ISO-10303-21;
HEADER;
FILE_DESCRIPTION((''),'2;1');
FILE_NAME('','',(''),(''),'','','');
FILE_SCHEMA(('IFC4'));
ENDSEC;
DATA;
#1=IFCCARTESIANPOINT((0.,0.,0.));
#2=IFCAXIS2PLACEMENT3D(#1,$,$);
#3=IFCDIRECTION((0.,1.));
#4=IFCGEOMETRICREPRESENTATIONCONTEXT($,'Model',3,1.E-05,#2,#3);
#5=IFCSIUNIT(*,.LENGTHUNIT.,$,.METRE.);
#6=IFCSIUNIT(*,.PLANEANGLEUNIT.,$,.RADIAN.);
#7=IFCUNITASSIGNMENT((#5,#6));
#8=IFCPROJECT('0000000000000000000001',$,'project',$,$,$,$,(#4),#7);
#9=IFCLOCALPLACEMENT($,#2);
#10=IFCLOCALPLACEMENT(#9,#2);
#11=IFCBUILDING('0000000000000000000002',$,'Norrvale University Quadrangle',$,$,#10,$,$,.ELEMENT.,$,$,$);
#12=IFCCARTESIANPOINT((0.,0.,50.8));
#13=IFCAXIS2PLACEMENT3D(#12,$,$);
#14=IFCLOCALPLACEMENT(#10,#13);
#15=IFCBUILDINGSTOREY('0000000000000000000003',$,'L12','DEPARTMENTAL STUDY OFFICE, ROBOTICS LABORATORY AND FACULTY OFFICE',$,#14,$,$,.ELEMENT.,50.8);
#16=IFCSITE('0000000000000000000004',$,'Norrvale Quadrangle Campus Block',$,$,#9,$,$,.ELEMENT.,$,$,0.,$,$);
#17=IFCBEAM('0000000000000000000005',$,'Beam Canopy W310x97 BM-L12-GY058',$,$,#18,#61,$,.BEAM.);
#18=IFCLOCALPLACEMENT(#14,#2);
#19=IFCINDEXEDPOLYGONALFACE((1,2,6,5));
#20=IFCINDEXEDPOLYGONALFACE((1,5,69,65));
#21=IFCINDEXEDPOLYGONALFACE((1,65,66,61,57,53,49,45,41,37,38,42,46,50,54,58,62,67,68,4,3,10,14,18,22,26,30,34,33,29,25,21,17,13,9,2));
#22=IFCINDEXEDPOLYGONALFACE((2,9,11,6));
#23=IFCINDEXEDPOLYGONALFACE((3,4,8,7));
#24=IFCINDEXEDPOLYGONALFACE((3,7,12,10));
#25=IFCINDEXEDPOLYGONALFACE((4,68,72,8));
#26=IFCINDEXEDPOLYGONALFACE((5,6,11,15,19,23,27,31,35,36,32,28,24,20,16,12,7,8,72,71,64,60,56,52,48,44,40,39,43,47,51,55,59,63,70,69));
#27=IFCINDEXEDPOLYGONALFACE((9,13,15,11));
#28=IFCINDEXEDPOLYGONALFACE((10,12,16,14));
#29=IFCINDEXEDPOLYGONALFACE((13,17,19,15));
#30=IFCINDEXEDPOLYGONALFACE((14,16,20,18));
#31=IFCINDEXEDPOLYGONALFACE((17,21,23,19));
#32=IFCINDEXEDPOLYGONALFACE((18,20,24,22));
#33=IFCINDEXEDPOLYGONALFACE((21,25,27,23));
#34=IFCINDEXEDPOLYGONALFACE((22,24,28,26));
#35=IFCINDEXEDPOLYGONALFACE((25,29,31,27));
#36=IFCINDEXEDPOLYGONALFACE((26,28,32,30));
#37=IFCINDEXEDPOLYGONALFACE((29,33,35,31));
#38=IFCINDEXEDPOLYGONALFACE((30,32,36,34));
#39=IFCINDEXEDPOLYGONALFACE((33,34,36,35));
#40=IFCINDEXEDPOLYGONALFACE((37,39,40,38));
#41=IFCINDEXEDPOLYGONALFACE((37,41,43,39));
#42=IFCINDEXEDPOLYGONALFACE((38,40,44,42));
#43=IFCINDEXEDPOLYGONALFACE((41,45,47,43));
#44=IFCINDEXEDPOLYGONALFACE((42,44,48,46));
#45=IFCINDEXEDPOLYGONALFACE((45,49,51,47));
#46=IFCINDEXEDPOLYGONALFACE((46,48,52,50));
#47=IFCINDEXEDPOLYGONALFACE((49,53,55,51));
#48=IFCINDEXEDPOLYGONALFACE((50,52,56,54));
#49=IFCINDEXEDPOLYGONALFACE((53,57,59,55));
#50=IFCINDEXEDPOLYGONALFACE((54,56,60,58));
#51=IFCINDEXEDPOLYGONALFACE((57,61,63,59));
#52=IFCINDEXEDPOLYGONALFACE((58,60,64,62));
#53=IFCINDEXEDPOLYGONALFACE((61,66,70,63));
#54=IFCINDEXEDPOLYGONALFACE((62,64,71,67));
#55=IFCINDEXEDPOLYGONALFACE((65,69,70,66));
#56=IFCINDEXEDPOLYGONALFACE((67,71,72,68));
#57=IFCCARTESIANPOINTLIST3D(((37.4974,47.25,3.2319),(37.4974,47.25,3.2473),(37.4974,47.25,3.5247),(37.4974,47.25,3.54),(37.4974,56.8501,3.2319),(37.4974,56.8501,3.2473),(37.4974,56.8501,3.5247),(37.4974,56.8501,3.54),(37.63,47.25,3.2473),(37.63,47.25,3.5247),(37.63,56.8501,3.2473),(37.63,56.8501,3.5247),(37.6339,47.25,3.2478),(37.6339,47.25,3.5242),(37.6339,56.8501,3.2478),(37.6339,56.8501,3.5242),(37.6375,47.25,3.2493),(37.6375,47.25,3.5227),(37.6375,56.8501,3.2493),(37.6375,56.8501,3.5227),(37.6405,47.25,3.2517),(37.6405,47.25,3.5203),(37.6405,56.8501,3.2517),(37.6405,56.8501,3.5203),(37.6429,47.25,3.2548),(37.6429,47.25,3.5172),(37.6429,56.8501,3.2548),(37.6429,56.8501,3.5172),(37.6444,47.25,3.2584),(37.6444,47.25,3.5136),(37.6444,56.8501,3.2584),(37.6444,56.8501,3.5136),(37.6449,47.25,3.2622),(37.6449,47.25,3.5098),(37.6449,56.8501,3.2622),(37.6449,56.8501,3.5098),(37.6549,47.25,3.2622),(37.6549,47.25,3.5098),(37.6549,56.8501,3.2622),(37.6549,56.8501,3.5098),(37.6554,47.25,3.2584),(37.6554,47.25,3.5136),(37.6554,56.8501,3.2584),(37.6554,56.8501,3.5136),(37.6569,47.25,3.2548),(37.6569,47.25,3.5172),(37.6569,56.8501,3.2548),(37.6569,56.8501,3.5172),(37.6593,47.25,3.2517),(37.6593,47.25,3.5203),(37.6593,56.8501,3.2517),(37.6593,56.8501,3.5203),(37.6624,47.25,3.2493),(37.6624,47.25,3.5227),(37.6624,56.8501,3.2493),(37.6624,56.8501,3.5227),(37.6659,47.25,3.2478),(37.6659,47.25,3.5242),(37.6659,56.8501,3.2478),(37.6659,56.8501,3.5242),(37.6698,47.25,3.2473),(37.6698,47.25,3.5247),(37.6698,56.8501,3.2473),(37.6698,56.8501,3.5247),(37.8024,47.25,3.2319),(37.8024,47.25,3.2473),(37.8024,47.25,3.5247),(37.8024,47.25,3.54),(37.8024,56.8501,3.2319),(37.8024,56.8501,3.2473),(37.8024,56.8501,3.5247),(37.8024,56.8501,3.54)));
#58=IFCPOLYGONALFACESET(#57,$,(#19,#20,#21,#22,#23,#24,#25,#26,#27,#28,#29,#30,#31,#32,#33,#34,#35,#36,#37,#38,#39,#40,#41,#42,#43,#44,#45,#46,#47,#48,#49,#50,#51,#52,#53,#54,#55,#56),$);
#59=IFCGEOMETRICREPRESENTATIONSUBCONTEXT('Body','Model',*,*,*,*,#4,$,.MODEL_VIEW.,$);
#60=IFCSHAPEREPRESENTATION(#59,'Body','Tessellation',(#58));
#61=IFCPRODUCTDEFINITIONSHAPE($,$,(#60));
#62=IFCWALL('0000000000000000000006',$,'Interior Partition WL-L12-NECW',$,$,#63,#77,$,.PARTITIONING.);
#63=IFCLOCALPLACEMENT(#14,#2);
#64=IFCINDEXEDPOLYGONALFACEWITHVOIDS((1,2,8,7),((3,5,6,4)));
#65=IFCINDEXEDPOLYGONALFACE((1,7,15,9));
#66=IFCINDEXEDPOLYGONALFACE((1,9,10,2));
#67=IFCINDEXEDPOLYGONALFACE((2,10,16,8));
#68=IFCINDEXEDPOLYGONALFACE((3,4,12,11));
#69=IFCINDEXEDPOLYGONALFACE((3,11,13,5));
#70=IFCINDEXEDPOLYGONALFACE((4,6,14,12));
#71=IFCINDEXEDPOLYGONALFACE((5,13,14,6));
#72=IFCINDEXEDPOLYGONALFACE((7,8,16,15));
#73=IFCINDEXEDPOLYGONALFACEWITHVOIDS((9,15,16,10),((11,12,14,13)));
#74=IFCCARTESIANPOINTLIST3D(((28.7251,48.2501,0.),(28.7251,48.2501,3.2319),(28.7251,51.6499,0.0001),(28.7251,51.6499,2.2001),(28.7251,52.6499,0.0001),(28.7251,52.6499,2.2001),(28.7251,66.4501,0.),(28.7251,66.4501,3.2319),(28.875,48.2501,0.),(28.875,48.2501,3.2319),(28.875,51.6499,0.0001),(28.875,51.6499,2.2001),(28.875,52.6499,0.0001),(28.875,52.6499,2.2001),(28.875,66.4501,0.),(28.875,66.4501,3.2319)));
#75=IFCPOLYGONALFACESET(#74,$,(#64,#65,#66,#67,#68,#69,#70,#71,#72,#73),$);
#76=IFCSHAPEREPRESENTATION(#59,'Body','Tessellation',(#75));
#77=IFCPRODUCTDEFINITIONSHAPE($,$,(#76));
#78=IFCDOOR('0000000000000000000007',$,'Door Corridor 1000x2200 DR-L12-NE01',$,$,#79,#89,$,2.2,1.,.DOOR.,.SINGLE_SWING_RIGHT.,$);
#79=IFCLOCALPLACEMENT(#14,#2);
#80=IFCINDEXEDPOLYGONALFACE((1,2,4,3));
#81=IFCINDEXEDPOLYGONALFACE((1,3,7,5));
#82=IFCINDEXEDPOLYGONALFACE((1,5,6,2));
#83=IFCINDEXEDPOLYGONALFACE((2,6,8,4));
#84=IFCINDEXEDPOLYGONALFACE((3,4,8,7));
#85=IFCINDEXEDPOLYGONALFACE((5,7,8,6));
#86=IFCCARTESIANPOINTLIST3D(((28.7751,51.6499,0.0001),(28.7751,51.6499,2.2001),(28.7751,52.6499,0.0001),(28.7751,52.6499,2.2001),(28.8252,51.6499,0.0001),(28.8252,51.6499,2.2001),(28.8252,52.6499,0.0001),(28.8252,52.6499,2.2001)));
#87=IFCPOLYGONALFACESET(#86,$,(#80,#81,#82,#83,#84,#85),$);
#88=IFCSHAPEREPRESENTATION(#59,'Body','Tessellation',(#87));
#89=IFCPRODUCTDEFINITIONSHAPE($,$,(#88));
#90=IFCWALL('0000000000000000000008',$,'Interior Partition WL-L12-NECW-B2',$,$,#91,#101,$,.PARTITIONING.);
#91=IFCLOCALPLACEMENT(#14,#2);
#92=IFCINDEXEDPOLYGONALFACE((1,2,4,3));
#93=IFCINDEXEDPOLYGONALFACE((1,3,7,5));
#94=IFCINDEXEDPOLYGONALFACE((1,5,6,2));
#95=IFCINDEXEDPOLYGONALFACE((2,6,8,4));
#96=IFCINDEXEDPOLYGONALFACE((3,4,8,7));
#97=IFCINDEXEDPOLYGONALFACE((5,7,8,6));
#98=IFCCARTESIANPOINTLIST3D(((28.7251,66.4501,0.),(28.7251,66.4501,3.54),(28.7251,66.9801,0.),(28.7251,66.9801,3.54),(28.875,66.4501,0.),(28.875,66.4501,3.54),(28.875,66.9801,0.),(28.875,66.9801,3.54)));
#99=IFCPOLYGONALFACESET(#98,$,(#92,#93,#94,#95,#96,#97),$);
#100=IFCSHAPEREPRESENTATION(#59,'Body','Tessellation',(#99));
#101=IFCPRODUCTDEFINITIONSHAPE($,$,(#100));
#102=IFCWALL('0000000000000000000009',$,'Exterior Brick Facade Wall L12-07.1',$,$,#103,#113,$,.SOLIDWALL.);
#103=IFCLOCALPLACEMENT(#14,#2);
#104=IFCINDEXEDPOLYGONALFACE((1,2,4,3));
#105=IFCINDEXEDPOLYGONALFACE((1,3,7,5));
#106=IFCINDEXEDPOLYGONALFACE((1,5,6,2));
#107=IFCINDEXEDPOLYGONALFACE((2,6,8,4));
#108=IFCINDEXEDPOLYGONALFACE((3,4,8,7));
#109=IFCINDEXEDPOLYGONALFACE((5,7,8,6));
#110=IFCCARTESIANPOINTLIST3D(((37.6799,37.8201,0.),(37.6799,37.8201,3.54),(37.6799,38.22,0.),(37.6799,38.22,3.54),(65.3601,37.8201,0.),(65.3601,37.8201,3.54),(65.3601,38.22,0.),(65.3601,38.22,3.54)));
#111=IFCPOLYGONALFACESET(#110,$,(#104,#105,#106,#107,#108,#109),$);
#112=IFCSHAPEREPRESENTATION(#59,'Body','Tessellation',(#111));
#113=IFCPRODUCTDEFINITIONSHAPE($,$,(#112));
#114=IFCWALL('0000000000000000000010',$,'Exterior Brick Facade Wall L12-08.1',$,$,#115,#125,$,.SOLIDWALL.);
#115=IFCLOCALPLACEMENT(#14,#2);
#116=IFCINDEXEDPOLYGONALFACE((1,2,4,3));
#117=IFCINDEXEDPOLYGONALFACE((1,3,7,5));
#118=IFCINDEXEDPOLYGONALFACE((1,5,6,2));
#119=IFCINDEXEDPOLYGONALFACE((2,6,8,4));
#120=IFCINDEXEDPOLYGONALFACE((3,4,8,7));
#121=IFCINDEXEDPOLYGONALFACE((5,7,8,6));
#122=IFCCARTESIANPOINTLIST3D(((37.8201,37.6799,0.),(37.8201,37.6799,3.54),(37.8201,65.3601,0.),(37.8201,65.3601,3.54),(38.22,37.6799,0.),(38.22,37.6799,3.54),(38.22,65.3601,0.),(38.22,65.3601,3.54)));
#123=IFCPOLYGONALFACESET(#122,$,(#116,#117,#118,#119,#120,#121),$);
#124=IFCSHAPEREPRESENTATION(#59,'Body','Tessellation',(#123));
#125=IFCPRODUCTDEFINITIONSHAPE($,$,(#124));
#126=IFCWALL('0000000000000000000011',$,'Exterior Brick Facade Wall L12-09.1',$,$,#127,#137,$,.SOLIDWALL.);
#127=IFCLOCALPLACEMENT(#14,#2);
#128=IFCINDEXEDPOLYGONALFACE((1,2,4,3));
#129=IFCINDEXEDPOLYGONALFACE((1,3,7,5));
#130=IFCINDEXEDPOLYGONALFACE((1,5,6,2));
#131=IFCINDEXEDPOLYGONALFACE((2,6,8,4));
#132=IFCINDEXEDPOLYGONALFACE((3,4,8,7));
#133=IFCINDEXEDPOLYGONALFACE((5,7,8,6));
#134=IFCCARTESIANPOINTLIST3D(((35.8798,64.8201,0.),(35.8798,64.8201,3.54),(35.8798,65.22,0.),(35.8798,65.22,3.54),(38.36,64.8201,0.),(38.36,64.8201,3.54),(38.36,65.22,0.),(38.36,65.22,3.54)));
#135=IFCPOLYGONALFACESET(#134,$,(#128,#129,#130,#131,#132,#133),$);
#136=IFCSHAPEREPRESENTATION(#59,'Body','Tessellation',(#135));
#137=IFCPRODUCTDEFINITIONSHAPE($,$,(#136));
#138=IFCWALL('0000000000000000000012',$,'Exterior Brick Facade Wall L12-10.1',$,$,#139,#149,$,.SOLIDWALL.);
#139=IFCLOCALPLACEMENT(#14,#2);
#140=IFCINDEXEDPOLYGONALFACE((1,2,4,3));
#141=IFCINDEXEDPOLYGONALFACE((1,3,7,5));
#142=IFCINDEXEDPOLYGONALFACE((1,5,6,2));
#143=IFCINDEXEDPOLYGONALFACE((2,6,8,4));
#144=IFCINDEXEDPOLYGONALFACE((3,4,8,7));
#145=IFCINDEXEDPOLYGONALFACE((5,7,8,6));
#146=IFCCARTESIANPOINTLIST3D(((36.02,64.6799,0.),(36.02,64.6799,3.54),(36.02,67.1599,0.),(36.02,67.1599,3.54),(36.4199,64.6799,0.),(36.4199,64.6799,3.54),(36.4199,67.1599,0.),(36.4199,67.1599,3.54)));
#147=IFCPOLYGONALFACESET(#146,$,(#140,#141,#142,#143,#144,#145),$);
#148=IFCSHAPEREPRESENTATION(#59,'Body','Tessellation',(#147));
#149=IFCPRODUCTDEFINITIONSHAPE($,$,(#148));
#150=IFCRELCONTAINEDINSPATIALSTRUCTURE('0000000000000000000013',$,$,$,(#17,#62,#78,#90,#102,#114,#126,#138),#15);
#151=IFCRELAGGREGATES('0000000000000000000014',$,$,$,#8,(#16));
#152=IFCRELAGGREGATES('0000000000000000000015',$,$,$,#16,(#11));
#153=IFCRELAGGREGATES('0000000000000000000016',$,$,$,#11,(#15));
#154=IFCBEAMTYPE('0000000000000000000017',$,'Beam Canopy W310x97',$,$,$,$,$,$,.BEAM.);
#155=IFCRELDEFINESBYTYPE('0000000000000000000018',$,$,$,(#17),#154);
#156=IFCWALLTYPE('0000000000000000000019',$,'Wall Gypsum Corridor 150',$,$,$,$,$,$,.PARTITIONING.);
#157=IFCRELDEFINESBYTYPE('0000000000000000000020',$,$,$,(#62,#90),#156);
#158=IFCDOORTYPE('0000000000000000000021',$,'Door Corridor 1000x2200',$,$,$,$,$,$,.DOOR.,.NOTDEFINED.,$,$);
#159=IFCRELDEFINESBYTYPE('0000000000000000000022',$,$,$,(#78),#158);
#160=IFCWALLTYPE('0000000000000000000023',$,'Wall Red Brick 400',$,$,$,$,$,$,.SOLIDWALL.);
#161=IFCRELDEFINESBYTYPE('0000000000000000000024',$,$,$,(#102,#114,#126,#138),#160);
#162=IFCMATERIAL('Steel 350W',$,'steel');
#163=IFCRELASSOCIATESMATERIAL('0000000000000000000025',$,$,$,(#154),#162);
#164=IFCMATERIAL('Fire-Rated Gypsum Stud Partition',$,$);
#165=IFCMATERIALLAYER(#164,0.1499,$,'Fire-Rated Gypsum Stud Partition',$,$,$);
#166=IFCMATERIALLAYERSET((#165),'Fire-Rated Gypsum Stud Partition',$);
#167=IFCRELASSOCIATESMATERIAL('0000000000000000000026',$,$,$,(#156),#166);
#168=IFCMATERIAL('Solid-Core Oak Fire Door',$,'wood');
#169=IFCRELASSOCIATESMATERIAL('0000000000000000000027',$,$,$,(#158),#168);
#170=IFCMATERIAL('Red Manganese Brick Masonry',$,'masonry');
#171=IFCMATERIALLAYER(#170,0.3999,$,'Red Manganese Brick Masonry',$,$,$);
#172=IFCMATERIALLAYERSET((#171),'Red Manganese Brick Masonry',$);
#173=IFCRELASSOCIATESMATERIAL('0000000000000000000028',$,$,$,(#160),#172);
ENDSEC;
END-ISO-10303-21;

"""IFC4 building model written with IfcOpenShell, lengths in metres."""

from ifc_helpers import new_model, si_unit, direction, frame, frame_2d, origin, origin_2d, place, context, subcontext, project, spatial, rectangle, i_section, extrude, material, layer, layer_set, material_profile, profile_set, type_object, element, fill, save


model = new_model("IFC4")

# Units and contexts
model_context = context("Model", 3, precision=1e-05, world=origin(), true_north=direction((0.0, 1.0)))
body_context = subcontext(model_context, "Body", "Model", "MODEL_VIEW")
ifc_project = project(units=[si_unit("LENGTHUNIT", "METRE"), si_unit("PLANEANGLEUNIT", "RADIAN")], contexts=[model_context])

# Site, building, storey
site_placement = place(None, origin())
site = spatial("IfcSite", under=ifc_project, at=site_placement, Name="Norrvale Quadrangle Campus Block", CompositionType="ELEMENT", RefElevation=0.0)
building_placement = place(site_placement, origin())
building = spatial("IfcBuilding", under=site, at=building_placement, Name="Norrvale University Quadrangle", CompositionType="ELEMENT")
storey_placement = place(building_placement, frame((0.0, 0.0, 50.8)))
storey = spatial("IfcBuildingStorey", under=building, at=storey_placement, Name="L12", Description="DEPARTMENTAL STUDY OFFICE, ROBOTICS LABORATORY AND FACULTY OFFICE", CompositionType="ELEMENT", Elevation=50.8)

# Beam
ifc_material_1 = material(Name="Steel 350W", Category="steel")
ifc_material_profile_1 = material_profile(ifc_material_1, i_section(OverallWidth=0.3049, OverallDepth=0.3081, WebThickness=0.01, FlangeThickness=0.0154, FilletRadius=0.0149, at=origin_2d()), Name="Steel 350W")
ifc_profile_set_1 = profile_set([ifc_material_profile_1], Name="Steel 350W")
beam_type_1 = type_object("IfcBeamType", Name="Beam Canopy W310x97", PredefinedType="BEAM", material=ifc_profile_set_1)
beam_1_placement = place(storey_placement, frame((37.6499, 47.25, 3.386), z_axis=(0.0, 1.0, 0.0), x_axis=(-1.0, 0.0, 0.0)))
element("IfcBeam", 1, at=beam_1_placement, inside=storey, type_object=beam_type_1, Name="Beam Canopy W310x97 BM-L12-GY058", PredefinedType="BEAM", context=body_context, shape_type="SweptSolid", body=[
    extrude(i_section(OverallWidth=0.3049, OverallDepth=0.3081, WebThickness=0.01, FlangeThickness=0.0154, FilletRadius=0.0149, at=origin_2d()), origin(), (0.0, 0.0, 1.0), 9.6001),
])

# Wall, opening, door
ifc_material_2 = material(Name="Fire-Rated Gypsum Stud Partition")
ifc_layer_1 = layer(ifc_material_2, 0.1499, Name="Fire-Rated Gypsum Stud Partition")
ifc_layer_set_1 = layer_set([ifc_layer_1], Name="Fire-Rated Gypsum Stud Partition")
wall_type_1 = type_object("IfcWallType", Name="Wall Gypsum Corridor 150", PredefinedType="PARTITIONING", material=ifc_layer_set_1)
wall_1_placement = place(storey_placement, frame((28.8, 48.25, 0.0), z_axis=(0.0, 0.0, 1.0), x_axis=(0.0, 1.0, 0.0)))
wall_1 = element("IfcWall", 2, at=wall_1_placement, inside=storey, type_object=wall_type_1, Name="Interior Partition WL-L12-NECW", PredefinedType="PARTITIONING", context=body_context, shape_type="SweptSolid", body=[
    extrude(rectangle(XDim=18.2, YDim=0.1499, at=frame_2d((9.1001, 0.0))), origin(), (0.0, 0.0, 1.0), 3.2319),
])
opening_1_placement = place(wall_1_placement, frame((3.3999, 0.0, 0.0)))
opening_1 = element("IfcOpeningElement", 3, at=opening_1_placement, cuts=wall_1, PredefinedType="OPENING", context=body_context, shape_type="SweptSolid", body=[
    extrude(rectangle(XDim=1.0, YDim=2.2, at=frame_2d((0.5, 1.1001))), frame((0.0, 0.0869, 0.0), z_axis=(0.0, -1.0, 0.0), x_axis=(1.0, 0.0, 0.0)), (0.0, 0.0, 1.0), 0.1738),
])
ifc_material_3 = material(Name="Solid-Core Oak Fire Door", Category="wood")
door_type = type_object("IfcDoorType", Name="Door Corridor 1000x2200", OperationType="NOTDEFINED", PredefinedType="DOOR", material=ifc_material_3)
door_placement = place(opening_1_placement, origin())
door = element("IfcDoor", 4, at=door_placement, inside=storey, type_object=door_type, Name="Door Corridor 1000x2200 DR-L12-NE01", OperationType="SINGLE_SWING_RIGHT", OverallHeight=2.2, OverallWidth=1.0, PredefinedType="DOOR", context=body_context, shape_type="SweptSolid", body=[
    extrude(rectangle(XDim=1.0, YDim=2.2, at=frame_2d((0.5, 1.1001))), frame((0.0, 0.0249, 0.0), z_axis=(0.0, -1.0, 0.0), x_axis=(1.0, 0.0, 0.0)), (0.0, 0.0, 1.0), 0.05),
])
fill(opening_1, door)

# Walls
wall_2_placement = place(storey_placement, frame((28.8, 66.45, 0.0), z_axis=(0.0, 0.0, 1.0), x_axis=(0.0, 1.0, 0.0)))
element("IfcWall", 5, at=wall_2_placement, inside=storey, type_object=wall_type_1, Name="Interior Partition WL-L12-NECW-B2", PredefinedType="PARTITIONING", context=body_context, shape_type="SweptSolid", body=[
    extrude(rectangle(XDim=0.53, YDim=0.1499, at=frame_2d((0.2651, 0.0))), origin(), (0.0, 0.0, 1.0), 3.54),
])
ifc_material_4 = material(Name="Red Manganese Brick Masonry", Category="masonry")
ifc_layer_2 = layer(ifc_material_4, 0.3999, Name="Red Manganese Brick Masonry")
ifc_layer_set_2 = layer_set([ifc_layer_2], Name="Red Manganese Brick Masonry")
wall_type_2 = type_object("IfcWallType", Name="Wall Red Brick 400", PredefinedType="SOLIDWALL", material=ifc_layer_set_2)
for number, where, z_axis, x_axis, name in (
    (6, (65.3601, 38.02, 0.0), (0.0, 0.0, 1.0), (-1.0, 0.0, 0.0), "Exterior Brick Facade Wall L12-07.1"),
    (7, (38.02, 37.6799, 0.0), (0.0, 0.0, 1.0), (0.0, 1.0, 0.0), "Exterior Brick Facade Wall L12-08.1"),
):
    element("IfcWall", number, at=place(storey_placement, frame(where, z_axis=z_axis, x_axis=x_axis)), inside=storey, type_object=wall_type_2, Name=name, PredefinedType="SOLIDWALL", context=body_context, shape_type="SweptSolid", body=[
        extrude(rectangle(XDim=27.6802, YDim=0.3999, at=frame_2d((13.8401, 0.0))), origin(), (0.0, 0.0, 1.0), 3.54),
    ])
wall_3_placement = place(storey_placement, frame((38.3601, 65.02, 0.0), z_axis=(0.0, 0.0, 1.0), x_axis=(-1.0, 0.0, 0.0)))
element("IfcWall", 8, at=wall_3_placement, inside=storey, type_object=wall_type_2, Name="Exterior Brick Facade Wall L12-09.1", PredefinedType="SOLIDWALL", context=body_context, shape_type="SweptSolid", body=[
    extrude(rectangle(XDim=2.4802, YDim=0.3999, at=frame_2d((1.2402, 0.0))), origin(), (0.0, 0.0, 1.0), 3.54),
])
wall_4_placement = place(storey_placement, frame((36.22, 64.6799, 0.0), z_axis=(0.0, 0.0, 1.0), x_axis=(0.0, 1.0, 0.0)))
element("IfcWall", 9, at=wall_4_placement, inside=storey, type_object=wall_type_2, Name="Exterior Brick Facade Wall L12-10.1", PredefinedType="SOLIDWALL", context=body_context, shape_type="SweptSolid", body=[
    extrude(rectangle(XDim=2.48, YDim=0.3999, at=frame_2d((1.24, 0.0))), origin(), (0.0, 0.0, 1.0), 3.54),
])

save(model, "model.ifc")
